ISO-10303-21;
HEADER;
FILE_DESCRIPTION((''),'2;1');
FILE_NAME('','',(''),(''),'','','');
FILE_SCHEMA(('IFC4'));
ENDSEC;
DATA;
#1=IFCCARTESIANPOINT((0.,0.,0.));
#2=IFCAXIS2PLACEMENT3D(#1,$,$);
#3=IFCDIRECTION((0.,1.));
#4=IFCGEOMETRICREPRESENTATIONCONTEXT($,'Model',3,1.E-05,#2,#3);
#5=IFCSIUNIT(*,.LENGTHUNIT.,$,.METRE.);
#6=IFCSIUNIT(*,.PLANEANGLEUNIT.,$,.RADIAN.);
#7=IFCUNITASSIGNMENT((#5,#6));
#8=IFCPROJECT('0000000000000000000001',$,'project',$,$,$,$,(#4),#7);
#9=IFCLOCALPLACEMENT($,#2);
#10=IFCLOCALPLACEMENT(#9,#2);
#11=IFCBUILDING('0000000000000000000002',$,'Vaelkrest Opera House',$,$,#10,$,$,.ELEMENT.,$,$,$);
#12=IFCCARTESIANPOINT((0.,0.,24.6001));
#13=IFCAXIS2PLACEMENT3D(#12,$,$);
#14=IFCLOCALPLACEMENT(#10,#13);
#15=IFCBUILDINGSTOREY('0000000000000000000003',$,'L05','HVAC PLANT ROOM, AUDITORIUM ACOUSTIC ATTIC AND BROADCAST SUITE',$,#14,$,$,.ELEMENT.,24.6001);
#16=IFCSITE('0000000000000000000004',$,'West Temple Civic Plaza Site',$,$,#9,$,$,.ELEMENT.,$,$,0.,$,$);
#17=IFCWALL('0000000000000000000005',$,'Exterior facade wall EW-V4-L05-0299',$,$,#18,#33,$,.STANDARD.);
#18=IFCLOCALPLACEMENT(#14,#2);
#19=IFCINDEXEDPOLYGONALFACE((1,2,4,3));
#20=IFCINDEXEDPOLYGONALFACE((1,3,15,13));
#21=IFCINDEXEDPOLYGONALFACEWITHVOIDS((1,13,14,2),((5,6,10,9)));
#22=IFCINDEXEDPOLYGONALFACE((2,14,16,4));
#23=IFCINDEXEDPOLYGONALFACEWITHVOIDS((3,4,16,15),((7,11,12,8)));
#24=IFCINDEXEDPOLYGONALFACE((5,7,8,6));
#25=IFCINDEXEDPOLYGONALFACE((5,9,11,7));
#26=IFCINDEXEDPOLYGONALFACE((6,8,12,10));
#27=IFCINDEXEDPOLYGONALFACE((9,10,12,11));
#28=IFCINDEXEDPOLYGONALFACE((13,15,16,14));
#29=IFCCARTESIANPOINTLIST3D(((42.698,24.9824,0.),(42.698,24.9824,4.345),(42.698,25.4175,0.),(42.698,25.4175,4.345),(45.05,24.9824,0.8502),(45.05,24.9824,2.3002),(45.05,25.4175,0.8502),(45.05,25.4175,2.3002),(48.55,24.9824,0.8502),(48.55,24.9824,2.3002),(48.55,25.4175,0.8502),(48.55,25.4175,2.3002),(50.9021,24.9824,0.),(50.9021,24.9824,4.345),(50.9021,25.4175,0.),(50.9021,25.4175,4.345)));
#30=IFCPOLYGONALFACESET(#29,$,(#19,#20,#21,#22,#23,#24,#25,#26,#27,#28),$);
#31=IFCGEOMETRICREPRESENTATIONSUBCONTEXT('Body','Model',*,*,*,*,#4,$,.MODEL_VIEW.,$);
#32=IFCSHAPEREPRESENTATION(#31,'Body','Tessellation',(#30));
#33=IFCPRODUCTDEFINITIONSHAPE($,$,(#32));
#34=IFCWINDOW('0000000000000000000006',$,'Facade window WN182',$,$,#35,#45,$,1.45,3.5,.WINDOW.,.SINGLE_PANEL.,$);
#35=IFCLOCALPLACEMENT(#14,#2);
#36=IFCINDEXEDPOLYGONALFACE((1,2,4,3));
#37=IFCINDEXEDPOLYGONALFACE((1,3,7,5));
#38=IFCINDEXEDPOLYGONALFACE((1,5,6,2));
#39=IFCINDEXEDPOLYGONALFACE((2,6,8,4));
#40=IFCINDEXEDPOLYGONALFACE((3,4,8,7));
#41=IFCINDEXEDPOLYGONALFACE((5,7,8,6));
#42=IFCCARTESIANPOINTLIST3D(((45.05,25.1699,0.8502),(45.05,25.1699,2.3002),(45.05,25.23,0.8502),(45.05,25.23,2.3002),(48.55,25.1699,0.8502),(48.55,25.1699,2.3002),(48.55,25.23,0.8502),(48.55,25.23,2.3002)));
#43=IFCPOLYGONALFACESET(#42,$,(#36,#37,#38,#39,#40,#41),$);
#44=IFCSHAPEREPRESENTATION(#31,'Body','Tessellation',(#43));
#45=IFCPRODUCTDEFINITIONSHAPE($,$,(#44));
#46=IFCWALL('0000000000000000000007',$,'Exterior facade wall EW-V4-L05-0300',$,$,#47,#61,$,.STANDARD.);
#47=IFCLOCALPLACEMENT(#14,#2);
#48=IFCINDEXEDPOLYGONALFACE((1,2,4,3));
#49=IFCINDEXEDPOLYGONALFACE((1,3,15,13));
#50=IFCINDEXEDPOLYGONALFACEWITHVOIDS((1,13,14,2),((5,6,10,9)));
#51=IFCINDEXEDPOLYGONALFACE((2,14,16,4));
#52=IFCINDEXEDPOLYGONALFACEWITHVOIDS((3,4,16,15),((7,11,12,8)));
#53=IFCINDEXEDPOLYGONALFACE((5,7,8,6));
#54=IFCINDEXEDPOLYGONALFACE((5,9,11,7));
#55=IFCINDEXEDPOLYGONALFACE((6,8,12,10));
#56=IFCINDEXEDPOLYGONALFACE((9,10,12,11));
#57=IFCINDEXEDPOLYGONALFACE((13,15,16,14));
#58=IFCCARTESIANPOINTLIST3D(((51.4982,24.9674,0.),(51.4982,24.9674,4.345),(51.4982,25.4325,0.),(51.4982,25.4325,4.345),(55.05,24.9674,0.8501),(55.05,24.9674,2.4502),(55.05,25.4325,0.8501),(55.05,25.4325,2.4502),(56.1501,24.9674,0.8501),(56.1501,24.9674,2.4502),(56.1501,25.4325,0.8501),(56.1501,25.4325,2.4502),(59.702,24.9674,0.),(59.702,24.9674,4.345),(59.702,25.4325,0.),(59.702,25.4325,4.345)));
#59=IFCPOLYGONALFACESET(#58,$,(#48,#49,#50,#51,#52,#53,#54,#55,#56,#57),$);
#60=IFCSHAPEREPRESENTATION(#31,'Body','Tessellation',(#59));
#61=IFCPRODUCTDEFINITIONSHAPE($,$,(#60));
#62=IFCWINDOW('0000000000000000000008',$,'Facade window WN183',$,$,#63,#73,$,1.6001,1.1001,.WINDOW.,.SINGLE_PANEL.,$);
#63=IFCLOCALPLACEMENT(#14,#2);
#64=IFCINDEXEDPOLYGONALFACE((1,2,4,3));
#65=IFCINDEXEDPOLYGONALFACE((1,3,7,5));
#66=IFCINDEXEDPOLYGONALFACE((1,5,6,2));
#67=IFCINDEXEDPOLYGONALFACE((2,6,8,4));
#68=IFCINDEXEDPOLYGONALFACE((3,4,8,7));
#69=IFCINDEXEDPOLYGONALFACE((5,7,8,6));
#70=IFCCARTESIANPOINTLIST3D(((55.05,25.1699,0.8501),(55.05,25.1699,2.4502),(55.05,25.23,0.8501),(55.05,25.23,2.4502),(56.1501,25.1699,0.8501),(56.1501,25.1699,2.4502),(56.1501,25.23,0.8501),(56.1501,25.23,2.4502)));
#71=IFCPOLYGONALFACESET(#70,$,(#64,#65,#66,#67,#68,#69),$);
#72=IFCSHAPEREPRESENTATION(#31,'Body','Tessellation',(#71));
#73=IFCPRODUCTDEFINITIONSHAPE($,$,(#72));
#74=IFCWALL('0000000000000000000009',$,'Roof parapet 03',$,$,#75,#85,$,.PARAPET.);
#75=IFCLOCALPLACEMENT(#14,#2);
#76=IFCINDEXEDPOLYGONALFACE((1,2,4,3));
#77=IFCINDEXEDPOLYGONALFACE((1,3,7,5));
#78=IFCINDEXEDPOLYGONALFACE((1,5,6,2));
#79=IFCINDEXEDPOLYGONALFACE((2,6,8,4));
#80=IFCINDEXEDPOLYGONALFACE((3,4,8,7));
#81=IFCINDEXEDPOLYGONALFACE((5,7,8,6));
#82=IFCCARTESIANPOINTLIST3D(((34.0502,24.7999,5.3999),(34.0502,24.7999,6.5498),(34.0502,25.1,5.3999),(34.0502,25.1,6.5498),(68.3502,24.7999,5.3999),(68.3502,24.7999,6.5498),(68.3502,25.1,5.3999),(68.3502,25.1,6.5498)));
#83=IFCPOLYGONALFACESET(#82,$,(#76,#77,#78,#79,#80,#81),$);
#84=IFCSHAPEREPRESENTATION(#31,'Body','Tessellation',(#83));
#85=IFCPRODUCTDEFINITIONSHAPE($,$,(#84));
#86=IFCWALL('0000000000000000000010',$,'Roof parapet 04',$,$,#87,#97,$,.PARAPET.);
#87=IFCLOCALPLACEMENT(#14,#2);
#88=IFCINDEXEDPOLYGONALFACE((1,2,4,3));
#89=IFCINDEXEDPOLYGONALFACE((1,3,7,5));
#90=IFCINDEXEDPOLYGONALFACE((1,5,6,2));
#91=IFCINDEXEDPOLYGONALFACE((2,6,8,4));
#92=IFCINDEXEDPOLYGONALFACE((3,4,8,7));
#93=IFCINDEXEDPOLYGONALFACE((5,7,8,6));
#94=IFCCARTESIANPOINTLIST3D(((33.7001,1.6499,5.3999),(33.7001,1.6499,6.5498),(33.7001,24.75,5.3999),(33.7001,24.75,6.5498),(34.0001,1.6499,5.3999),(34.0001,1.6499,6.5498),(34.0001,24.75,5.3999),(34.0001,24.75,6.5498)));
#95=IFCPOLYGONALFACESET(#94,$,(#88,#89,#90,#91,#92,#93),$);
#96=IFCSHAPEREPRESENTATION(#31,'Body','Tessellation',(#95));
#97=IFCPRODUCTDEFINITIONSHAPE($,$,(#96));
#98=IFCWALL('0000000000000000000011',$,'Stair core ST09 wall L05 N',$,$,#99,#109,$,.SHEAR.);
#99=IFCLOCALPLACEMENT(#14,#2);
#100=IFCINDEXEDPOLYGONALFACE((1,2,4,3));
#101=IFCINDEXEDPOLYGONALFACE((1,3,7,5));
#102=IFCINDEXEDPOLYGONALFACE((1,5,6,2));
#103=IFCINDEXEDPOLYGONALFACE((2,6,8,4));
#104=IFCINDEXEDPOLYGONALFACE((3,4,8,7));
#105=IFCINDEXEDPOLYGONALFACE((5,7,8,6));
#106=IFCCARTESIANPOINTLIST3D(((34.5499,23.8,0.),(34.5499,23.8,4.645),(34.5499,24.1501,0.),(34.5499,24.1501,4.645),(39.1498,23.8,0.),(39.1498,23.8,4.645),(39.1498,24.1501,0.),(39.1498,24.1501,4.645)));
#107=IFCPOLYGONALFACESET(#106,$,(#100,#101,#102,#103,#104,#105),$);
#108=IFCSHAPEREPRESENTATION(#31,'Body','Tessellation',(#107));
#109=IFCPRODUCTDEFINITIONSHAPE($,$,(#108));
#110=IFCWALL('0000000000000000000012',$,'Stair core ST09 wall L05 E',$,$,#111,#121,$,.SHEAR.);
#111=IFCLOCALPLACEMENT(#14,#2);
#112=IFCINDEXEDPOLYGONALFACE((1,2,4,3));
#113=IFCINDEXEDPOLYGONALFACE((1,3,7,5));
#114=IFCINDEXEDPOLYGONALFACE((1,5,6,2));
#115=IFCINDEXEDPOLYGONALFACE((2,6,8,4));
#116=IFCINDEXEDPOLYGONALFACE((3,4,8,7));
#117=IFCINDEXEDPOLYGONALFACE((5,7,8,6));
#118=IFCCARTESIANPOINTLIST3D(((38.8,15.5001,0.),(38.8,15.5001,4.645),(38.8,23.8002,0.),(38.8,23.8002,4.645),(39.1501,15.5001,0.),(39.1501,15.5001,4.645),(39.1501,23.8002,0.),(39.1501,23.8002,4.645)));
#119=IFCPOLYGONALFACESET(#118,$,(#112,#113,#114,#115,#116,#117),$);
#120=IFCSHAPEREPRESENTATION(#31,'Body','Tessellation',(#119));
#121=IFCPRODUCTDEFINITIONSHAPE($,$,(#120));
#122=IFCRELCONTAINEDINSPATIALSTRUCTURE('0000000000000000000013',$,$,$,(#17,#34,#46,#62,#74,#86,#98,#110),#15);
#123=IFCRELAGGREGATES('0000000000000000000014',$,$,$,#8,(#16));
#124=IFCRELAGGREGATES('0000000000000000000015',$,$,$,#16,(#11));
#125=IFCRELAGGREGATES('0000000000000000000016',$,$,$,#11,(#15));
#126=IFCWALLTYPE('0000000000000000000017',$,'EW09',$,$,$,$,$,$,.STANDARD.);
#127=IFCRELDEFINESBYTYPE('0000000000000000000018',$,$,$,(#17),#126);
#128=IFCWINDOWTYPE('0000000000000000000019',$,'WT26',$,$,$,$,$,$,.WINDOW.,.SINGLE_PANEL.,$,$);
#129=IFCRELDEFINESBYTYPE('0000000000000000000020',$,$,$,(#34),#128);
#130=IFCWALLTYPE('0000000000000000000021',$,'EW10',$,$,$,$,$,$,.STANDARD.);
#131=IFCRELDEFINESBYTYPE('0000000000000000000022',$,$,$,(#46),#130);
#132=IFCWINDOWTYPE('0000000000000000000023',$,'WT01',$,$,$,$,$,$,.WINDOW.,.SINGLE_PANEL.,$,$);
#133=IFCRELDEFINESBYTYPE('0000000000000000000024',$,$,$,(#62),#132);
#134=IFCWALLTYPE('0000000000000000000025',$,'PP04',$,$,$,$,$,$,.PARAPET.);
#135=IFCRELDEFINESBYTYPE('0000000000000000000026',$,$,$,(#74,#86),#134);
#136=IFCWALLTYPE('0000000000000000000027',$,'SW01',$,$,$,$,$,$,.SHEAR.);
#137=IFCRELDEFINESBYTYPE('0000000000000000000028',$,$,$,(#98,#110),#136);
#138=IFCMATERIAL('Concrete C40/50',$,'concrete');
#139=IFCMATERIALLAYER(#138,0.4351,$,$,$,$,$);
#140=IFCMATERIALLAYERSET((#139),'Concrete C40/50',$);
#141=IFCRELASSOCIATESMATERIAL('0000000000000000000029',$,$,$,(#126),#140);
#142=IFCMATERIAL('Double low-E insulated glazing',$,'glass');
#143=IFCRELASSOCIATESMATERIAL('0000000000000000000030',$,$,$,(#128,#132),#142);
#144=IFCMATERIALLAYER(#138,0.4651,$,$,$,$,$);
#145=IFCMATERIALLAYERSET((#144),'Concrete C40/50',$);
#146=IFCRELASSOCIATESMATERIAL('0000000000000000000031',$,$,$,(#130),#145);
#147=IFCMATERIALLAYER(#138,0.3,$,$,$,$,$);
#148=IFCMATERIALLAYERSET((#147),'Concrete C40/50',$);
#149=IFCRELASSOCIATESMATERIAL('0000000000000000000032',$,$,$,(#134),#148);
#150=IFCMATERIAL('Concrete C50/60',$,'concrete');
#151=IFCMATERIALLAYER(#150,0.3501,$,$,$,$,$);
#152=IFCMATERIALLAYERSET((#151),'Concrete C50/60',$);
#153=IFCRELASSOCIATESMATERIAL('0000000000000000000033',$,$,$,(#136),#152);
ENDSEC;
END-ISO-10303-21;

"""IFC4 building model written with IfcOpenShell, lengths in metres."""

from ifc_helpers import new_model, si_unit, direction, frame, frame_2d, origin, place, context, subcontext, project, spatial, rectangle, extrude, material, layer, layer_set, type_object, element, fill, save


model = new_model("IFC4")

# Units and contexts
model_context = context("Model", 3, precision=1e-05, world=origin(), true_north=direction((0.0, 1.0)))
body_context = subcontext(model_context, "Body", "Model", "MODEL_VIEW")
ifc_project = project(units=[si_unit("LENGTHUNIT", "METRE"), si_unit("PLANEANGLEUNIT", "RADIAN")], contexts=[model_context])

# Site, building, storey
site_placement = place(None, origin())
site = spatial("IfcSite", under=ifc_project, at=site_placement, Name="West Temple Civic Plaza Site", CompositionType="ELEMENT", RefElevation=0.0)
building_placement = place(site_placement, origin())
building = spatial("IfcBuilding", under=site, at=building_placement, Name="Vaelkrest Opera House", CompositionType="ELEMENT")
storey_placement = place(building_placement, frame((0.0, 0.0, 24.6001)))
storey = spatial("IfcBuildingStorey", under=building, at=storey_placement, Name="L05", Description="HVAC PLANT ROOM, AUDITORIUM ACOUSTIC ATTIC AND BROADCAST SUITE", CompositionType="ELEMENT", Elevation=24.6001)

# Shared definitions
ifc_material_1 = material(Name="Concrete C50/60", Category="concrete")

# Walls, openings, windows
ifc_material_2 = material(Name="Double low-E insulated glazing", Category="glass")
ifc_material_3 = material(Name="Concrete C40/50", Category="concrete")
ifc_layer_1 = layer(ifc_material_3, 0.4351)
ifc_layer_set_1 = layer_set([ifc_layer_1], Name="Concrete C40/50")
wall_type_1 = type_object("IfcWallType", Name="EW09", PredefinedType="STANDARD", material=ifc_layer_set_1)
wall_1_placement = place(storey_placement, frame((42.698, 25.2, 0.0), z_axis=(0.0, 0.0, 1.0), x_axis=(1.0, 0.0, 0.0)))
wall_1 = element("IfcWall", 1, at=wall_1_placement, inside=storey, type_object=wall_type_1, Name="Exterior facade wall EW-V4-L05-0299", PredefinedType="STANDARD", context=body_context, shape_type="SweptSolid", body=[
    extrude(rectangle(XDim=8.2041, YDim=0.4351, at=frame_2d((4.1021, 0.0))), origin(), (0.0, 0.0, 1.0), 4.345),
])
opening_1_placement = place(wall_1_placement, frame((2.3521, 0.0, 0.8501)))
opening_1 = element("IfcOpeningElement", 2, at=opening_1_placement, cuts=wall_1, PredefinedType="OPENING", context=body_context, shape_type="SweptSolid", body=[
    extrude(rectangle(XDim=3.5, YDim=1.45, at=frame_2d((1.75, 0.7251))), frame((0.0, 0.2275, 0.0), z_axis=(0.0, -1.0, 0.0), x_axis=(1.0, 0.0, 0.0)), (0.0, 0.0, 1.0), 0.4551),
])
window_type_1 = type_object("IfcWindowType", Name="WT26", PartitioningType="SINGLE_PANEL", PredefinedType="WINDOW", material=ifc_material_2)
window_1_placement = place(opening_1_placement, origin())
window_1 = element("IfcWindow", 3, at=window_1_placement, inside=storey, type_object=window_type_1, Name="Facade window WN182", OverallHeight=1.45, OverallWidth=3.5, PartitioningType="SINGLE_PANEL", PredefinedType="WINDOW", context=body_context, shape_type="SweptSolid", body=[
    extrude(rectangle(XDim=3.5, YDim=1.45, at=frame_2d((1.75, 0.7251))), frame((0.0, 0.03, 0.0), z_axis=(0.0, -1.0, 0.0), x_axis=(1.0, 0.0, 0.0)), (0.0, 0.0, 1.0), 0.0601),
])
fill(opening_1, window_1)
ifc_layer_2 = layer(ifc_material_3, 0.4651)
ifc_layer_set_2 = layer_set([ifc_layer_2], Name="Concrete C40/50")
wall_type_2 = type_object("IfcWallType", Name="EW10", PredefinedType="STANDARD", material=ifc_layer_set_2)
wall_2_placement = place(storey_placement, frame((51.498, 25.2, 0.0), z_axis=(0.0, 0.0, 1.0), x_axis=(1.0, 0.0, 0.0)))
wall_2 = element("IfcWall", 4, at=wall_2_placement, inside=storey, type_object=wall_type_2, Name="Exterior facade wall EW-V4-L05-0300", PredefinedType="STANDARD", context=body_context, shape_type="SweptSolid", body=[
    extrude(rectangle(XDim=8.2039, YDim=0.4651, at=frame_2d((4.1021, 0.0))), origin(), (0.0, 0.0, 1.0), 4.345),
])
opening_2_placement = place(wall_2_placement, frame((3.552, 0.0, 0.8501)))
opening_2 = element("IfcOpeningElement", 5, at=opening_2_placement, cuts=wall_2, PredefinedType="OPENING", context=body_context, shape_type="SweptSolid", body=[
    extrude(rectangle(XDim=1.1001, YDim=1.6001, at=frame_2d((0.55, 0.8))), frame((0.0, 0.2424, 0.0), z_axis=(0.0, -1.0, 0.0), x_axis=(1.0, 0.0, 0.0)), (0.0, 0.0, 1.0), 0.4851),
])
window_type_2 = type_object("IfcWindowType", Name="WT01", PartitioningType="SINGLE_PANEL", PredefinedType="WINDOW", material=ifc_material_2)
window_2_placement = place(opening_2_placement, origin())
window_2 = element("IfcWindow", 6, at=window_2_placement, inside=storey, type_object=window_type_2, Name="Facade window WN183", OverallHeight=1.6001, OverallWidth=1.1001, PartitioningType="SINGLE_PANEL", PredefinedType="WINDOW", context=body_context, shape_type="SweptSolid", body=[
    extrude(rectangle(XDim=1.1001, YDim=1.6001, at=frame_2d((0.55, 0.8))), frame((0.0, 0.03, 0.0), z_axis=(0.0, -1.0, 0.0), x_axis=(1.0, 0.0, 0.0)), (0.0, 0.0, 1.0), 0.0601),
])
fill(opening_2, window_2)

# Walls
ifc_layer_3 = layer(ifc_material_3, 0.3)
ifc_layer_set_3 = layer_set([ifc_layer_3], Name="Concrete C40/50")
wall_type_3 = type_object("IfcWallType", Name="PP04", PredefinedType="PARAPET", material=ifc_layer_set_3)
wall_3_placement = place(storey_placement, frame((68.3501, 24.95, 5.3999), z_axis=(0.0, 0.0, 1.0), x_axis=(-1.0, 0.0, 0.0)))
element("IfcWall", 7, at=wall_3_placement, inside=storey, type_object=wall_type_3, Name="Roof parapet 03", PredefinedType="PARAPET", context=body_context, shape_type="SweptSolid", body=[
    extrude(rectangle(XDim=34.3, YDim=0.3, at=frame_2d((17.1499, 0.0))), origin(), (0.0, 0.0, 1.0), 1.1499),
])
wall_4_placement = place(storey_placement, frame((33.8501, 24.75, 5.3999), z_axis=(0.0, 0.0, 1.0), x_axis=(0.0, -1.0, 0.0)))
element("IfcWall", 8, at=wall_4_placement, inside=storey, type_object=wall_type_3, Name="Roof parapet 04", PredefinedType="PARAPET", context=body_context, shape_type="SweptSolid", body=[
    extrude(rectangle(XDim=23.1001, YDim=0.3, at=frame_2d((11.55, 0.0))), origin(), (0.0, 0.0, 1.0), 1.1499),
])
ifc_layer_4 = layer(ifc_material_1, 0.3501)
ifc_layer_set_4 = layer_set([ifc_layer_4], Name="Concrete C50/60")
wall_type_4 = type_object("IfcWallType", Name="SW01", PredefinedType="SHEAR", material=ifc_layer_set_4)
wall_5_placement = place(storey_placement, frame((34.55, 23.9751, 0.0), z_axis=(0.0, 0.0, 1.0), x_axis=(1.0, 0.0, 0.0)))
element("IfcWall", 9, at=wall_5_placement, inside=storey, type_object=wall_type_4, Name="Stair core ST09 wall L05 N", PredefinedType="SHEAR", context=body_context, shape_type="SweptSolid", body=[
    extrude(rectangle(XDim=4.5999, YDim=0.3501, at=frame_2d((2.2998, 0.0))), origin(), (0.0, 0.0, 1.0), 4.645),
])
wall_6_placement = place(storey_placement, frame((38.9751, 23.8, 0.0), z_axis=(0.0, 0.0, 1.0), x_axis=(0.0, -1.0, 0.0)))
element("IfcWall", 10, at=wall_6_placement, inside=storey, type_object=wall_type_4, Name="Stair core ST09 wall L05 E", PredefinedType="SHEAR", context=body_context, shape_type="SweptSolid", body=[
    extrude(rectangle(XDim=8.3, YDim=0.3501, at=frame_2d((4.1499, 0.0))), origin(), (0.0, 0.0, 1.0), 4.645),
])

save(model, "model.ifc")
